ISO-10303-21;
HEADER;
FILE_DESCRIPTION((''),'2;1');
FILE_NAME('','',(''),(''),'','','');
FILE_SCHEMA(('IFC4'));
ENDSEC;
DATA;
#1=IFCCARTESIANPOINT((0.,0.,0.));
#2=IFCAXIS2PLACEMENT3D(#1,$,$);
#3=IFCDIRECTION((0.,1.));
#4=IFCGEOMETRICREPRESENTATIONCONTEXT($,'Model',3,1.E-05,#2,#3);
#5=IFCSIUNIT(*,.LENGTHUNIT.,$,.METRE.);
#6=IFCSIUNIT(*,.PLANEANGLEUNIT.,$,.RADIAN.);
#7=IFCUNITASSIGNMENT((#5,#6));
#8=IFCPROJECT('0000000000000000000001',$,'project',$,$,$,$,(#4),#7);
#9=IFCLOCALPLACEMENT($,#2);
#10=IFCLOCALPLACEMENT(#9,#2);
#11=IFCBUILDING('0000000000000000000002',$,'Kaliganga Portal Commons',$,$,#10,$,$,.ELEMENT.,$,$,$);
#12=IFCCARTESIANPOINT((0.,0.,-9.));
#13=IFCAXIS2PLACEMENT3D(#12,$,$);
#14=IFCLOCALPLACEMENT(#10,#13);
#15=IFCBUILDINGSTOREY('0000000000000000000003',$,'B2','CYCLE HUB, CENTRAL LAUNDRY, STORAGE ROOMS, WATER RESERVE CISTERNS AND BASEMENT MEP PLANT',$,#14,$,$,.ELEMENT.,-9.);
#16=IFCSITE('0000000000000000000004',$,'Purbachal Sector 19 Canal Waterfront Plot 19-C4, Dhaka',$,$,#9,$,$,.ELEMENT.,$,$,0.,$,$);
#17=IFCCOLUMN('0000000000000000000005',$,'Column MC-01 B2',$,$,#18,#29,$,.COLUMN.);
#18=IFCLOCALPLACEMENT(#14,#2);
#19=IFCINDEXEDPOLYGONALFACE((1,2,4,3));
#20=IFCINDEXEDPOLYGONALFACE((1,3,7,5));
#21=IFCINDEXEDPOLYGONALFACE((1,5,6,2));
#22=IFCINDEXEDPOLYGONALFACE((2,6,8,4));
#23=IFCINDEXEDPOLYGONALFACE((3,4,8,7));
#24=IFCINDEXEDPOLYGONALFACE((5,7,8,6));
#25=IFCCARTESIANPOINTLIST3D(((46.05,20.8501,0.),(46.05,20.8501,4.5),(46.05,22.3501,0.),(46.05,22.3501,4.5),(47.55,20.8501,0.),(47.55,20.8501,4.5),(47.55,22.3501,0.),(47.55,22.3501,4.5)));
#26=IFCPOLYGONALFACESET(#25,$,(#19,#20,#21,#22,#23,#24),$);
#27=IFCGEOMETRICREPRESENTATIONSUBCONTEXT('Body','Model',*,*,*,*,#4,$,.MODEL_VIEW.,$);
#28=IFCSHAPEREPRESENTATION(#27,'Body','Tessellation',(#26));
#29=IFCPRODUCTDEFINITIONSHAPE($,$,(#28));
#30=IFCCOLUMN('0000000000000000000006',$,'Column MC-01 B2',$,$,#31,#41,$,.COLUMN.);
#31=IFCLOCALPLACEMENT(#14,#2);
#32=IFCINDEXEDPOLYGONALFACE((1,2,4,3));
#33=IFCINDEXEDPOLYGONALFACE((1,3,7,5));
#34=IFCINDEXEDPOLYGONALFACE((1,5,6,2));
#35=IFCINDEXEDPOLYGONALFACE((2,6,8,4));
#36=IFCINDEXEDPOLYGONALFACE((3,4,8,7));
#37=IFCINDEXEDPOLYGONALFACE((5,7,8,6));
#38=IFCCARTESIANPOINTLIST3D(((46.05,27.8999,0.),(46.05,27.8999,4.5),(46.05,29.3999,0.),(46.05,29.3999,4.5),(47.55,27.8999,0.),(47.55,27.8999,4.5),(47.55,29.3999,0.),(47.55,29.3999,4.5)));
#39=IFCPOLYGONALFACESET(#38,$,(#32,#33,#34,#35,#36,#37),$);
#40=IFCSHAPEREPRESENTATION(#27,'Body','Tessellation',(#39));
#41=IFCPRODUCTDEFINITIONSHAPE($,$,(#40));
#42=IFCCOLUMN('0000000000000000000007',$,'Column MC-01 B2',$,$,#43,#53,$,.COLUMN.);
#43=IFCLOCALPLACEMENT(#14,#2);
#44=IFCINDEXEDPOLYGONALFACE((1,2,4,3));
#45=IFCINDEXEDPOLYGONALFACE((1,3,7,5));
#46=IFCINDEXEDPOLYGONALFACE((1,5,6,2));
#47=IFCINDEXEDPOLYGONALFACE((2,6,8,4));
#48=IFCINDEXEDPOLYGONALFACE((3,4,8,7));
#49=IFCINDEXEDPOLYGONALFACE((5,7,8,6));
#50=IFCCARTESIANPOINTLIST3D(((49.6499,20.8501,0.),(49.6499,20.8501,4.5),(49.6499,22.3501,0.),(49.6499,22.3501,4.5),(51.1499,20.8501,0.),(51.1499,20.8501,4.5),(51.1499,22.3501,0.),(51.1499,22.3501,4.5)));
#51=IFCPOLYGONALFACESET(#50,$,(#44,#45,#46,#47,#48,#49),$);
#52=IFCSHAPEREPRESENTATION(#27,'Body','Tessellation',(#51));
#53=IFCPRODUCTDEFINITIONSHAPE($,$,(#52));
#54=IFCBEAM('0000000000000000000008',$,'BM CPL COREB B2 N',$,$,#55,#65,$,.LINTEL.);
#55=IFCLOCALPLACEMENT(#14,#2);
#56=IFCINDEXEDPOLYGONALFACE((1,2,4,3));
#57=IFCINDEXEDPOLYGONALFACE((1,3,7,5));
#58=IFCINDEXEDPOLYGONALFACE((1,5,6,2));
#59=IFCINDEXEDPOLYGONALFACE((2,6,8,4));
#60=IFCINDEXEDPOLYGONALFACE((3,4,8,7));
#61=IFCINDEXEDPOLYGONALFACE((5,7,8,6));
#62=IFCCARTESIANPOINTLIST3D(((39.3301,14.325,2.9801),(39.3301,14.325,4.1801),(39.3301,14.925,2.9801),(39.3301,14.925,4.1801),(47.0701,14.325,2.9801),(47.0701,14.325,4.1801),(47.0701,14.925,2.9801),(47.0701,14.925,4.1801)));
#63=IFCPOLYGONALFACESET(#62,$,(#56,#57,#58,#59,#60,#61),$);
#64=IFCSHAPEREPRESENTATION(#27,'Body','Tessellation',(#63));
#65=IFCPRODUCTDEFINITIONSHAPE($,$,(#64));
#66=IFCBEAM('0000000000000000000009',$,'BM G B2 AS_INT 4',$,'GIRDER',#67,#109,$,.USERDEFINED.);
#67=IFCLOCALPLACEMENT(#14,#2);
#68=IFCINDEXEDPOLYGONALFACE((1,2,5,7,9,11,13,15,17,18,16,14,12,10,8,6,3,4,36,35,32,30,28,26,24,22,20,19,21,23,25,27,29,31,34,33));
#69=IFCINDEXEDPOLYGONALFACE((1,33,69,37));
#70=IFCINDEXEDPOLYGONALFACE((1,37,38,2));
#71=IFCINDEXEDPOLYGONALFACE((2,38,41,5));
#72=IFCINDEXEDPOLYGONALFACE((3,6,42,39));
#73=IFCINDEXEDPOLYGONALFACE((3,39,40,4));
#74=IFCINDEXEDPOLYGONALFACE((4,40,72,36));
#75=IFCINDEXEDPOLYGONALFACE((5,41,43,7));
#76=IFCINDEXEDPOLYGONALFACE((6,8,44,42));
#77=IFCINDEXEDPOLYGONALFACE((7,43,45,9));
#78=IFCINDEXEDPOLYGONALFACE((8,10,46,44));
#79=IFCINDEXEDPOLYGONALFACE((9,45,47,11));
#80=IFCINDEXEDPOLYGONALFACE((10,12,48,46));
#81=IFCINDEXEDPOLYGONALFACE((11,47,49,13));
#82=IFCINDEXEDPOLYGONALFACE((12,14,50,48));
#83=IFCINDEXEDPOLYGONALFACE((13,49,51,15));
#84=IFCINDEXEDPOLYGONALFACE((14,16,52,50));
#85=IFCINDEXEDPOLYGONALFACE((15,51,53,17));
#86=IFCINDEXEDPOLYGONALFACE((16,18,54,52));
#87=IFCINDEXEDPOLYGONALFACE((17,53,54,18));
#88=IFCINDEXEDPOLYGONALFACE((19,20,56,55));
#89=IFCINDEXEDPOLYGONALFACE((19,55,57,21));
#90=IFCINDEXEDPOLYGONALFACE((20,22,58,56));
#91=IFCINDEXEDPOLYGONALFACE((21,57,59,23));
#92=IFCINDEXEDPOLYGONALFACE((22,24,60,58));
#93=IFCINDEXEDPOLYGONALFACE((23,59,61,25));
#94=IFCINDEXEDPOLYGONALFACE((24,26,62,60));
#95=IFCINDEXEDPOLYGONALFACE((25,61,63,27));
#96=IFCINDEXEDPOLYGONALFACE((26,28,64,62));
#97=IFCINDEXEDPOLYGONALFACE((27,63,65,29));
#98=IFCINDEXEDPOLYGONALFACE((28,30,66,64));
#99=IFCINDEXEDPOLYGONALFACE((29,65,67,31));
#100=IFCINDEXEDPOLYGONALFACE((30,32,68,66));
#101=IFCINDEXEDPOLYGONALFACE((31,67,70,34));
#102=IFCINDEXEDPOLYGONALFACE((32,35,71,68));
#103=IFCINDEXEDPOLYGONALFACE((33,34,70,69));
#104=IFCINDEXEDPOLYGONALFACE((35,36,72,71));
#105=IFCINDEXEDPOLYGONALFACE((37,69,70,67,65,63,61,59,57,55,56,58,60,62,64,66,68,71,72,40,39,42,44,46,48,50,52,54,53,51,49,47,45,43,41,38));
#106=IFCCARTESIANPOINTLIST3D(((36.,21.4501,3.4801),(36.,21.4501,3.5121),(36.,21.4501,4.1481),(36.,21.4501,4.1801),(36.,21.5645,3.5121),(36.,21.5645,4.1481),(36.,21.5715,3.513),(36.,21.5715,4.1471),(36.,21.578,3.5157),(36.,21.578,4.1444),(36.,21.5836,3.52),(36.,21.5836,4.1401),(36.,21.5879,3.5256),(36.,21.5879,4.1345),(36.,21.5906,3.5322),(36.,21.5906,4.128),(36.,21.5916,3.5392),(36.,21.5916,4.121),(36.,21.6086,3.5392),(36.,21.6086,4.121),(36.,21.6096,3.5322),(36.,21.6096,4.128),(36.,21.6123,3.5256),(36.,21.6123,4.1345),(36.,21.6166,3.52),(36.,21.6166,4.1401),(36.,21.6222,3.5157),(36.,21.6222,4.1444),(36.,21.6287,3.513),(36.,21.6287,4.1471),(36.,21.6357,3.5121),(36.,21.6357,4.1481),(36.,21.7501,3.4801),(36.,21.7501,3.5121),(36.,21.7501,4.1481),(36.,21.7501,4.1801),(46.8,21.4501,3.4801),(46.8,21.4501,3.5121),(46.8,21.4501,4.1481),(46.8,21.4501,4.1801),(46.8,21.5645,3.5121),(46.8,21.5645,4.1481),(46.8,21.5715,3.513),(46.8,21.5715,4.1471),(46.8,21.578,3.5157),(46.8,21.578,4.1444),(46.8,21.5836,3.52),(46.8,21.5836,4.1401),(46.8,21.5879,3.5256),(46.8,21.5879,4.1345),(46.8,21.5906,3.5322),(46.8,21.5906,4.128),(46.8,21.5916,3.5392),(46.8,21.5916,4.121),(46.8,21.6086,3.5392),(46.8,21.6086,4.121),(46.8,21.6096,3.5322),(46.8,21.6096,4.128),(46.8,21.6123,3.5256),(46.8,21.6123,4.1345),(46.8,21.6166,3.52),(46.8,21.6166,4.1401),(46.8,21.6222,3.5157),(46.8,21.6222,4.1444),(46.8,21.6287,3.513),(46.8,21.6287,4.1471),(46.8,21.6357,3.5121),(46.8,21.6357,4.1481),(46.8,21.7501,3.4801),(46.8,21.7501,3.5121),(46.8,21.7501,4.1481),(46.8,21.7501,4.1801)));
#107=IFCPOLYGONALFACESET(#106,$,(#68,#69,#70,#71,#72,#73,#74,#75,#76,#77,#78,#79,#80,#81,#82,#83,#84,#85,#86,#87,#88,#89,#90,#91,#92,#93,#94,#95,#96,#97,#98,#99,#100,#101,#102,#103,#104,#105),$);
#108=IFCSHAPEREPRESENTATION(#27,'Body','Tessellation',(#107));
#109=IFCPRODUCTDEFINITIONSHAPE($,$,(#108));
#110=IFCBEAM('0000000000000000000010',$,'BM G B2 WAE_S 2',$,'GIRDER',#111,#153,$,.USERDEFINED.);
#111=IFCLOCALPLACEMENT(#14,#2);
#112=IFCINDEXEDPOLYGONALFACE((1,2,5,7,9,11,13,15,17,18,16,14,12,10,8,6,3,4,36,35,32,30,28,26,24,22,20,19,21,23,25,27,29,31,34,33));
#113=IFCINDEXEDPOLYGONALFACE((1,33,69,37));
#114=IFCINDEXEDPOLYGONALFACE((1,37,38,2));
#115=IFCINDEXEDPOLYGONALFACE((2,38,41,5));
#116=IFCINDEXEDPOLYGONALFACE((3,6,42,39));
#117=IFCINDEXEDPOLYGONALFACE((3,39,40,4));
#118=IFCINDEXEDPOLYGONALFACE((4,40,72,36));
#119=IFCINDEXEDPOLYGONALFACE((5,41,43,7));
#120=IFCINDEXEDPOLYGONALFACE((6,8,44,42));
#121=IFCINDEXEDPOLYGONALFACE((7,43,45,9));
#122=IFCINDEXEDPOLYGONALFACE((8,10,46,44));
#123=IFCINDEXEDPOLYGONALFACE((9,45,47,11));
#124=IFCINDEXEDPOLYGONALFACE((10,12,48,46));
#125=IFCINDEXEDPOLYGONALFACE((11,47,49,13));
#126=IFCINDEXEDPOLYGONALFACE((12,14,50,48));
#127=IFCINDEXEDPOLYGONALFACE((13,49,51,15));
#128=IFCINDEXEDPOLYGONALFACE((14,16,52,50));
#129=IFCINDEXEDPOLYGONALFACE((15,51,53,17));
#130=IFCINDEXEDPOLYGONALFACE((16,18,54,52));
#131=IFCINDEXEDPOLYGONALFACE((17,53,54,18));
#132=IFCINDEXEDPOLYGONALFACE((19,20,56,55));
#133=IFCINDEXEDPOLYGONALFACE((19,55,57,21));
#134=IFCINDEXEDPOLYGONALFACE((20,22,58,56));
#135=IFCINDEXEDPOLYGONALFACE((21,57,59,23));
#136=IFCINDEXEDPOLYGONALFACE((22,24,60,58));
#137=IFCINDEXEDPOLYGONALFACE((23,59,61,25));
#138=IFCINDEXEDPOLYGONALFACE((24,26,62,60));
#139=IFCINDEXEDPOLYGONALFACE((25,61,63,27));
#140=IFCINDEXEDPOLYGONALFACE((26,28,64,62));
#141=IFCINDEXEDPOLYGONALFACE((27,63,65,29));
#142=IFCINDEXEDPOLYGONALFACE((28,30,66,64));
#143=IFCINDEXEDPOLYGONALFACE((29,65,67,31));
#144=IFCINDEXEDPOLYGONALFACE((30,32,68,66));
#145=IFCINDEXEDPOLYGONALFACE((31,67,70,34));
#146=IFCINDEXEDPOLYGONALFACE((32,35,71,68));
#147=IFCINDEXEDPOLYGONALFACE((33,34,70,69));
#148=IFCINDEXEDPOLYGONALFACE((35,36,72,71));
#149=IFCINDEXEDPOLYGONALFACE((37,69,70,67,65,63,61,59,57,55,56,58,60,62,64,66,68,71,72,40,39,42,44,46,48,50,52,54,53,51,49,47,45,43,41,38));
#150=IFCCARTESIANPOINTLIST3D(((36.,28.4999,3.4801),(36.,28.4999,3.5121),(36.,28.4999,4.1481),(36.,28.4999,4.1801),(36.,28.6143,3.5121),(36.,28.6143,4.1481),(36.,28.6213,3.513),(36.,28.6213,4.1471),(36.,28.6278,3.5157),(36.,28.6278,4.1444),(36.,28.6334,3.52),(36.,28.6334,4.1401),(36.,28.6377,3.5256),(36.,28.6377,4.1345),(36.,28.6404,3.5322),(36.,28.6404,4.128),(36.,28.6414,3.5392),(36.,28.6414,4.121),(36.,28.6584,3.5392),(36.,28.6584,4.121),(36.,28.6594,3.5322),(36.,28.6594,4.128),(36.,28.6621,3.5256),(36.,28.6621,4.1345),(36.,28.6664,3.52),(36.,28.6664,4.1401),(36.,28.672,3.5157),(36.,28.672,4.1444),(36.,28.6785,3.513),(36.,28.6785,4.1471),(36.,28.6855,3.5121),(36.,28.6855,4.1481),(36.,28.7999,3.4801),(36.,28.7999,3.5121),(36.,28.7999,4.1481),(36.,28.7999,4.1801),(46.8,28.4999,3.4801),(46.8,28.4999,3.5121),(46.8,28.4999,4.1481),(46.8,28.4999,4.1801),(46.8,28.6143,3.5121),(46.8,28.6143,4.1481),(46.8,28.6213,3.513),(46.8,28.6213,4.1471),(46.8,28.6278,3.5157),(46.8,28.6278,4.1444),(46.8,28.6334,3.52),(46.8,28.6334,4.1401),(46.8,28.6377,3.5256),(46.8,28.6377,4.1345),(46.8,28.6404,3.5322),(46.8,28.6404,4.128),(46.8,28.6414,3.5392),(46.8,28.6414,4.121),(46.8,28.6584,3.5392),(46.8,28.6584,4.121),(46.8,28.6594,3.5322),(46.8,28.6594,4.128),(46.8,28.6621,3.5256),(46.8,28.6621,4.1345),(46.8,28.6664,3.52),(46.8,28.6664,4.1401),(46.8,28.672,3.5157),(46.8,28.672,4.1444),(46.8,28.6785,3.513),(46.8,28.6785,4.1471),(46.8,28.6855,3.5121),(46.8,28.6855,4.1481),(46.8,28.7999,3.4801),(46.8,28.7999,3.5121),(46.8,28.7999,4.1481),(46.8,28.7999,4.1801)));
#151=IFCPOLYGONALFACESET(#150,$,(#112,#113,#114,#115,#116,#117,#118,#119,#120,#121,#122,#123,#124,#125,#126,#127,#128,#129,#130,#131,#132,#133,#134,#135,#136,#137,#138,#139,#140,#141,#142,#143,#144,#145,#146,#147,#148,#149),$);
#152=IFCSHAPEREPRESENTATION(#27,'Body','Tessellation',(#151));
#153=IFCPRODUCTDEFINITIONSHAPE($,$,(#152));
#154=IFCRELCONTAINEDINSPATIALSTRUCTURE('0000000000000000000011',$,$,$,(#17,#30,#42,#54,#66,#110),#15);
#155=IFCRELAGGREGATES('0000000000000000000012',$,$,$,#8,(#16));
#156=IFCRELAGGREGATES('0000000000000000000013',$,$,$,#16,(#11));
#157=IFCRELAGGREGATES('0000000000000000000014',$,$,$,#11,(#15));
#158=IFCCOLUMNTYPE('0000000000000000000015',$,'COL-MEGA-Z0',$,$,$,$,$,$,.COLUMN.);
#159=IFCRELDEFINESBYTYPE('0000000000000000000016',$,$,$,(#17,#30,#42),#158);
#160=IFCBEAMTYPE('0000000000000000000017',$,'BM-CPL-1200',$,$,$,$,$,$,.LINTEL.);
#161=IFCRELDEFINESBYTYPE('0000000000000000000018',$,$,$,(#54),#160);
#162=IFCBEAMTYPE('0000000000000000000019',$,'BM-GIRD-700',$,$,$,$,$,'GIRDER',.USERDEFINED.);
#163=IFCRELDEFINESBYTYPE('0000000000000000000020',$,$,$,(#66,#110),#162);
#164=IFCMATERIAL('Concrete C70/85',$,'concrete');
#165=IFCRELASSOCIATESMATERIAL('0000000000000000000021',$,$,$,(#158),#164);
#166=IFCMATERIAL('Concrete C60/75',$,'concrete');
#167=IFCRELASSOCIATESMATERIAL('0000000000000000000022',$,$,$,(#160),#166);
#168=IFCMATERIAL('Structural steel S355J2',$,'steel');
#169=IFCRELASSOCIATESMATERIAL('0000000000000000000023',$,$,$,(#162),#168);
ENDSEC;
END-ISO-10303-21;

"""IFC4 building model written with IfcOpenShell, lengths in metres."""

from ifc_helpers import new_model, si_unit, direction, frame, origin, origin_2d, place, context, subcontext, project, spatial, rectangle, i_section, extrude, source, transform, mapped, material, material_profile, profile_set, type_object, element, save


model = new_model("IFC4")

# Units and contexts
model_context = context("Model", 3, precision=1e-05, world=origin(), true_north=direction((0.0, 1.0)))
body_context = subcontext(model_context, "Body", "Model", "MODEL_VIEW")
ifc_project = project(units=[si_unit("LENGTHUNIT", "METRE"), si_unit("PLANEANGLEUNIT", "RADIAN")], contexts=[model_context])

# Site, building, storey
site_placement = place(None, origin())
site = spatial("IfcSite", under=ifc_project, at=site_placement, Name="Purbachal Sector 19 Canal Waterfront Plot 19-C4, Dhaka", CompositionType="ELEMENT", RefElevation=0.0)
building_placement = place(site_placement, origin())
building = spatial("IfcBuilding", under=site, at=building_placement, Name="Kaliganga Portal Commons", CompositionType="ELEMENT")
storey_placement = place(building_placement, frame((0.0, 0.0, -9.0)))
storey = spatial("IfcBuildingStorey", under=building, at=storey_placement, Name="B2", Description="CYCLE HUB, CENTRAL LAUNDRY, STORAGE ROOMS, WATER RESERVE CISTERNS AND BASEMENT MEP PLANT", CompositionType="ELEMENT", Elevation=-9.0)

# Columns
ifc_material_1 = material(Name="Concrete C70/85", Category="concrete")
ifc_material_profile_1 = material_profile(ifc_material_1, rectangle(XDim=1.5, YDim=1.5, at=origin_2d()), Name="RC 1500x1500")
ifc_profile_set_1 = profile_set([ifc_material_profile_1], Name="Concrete C70/85")
column_type = type_object("IfcColumnType", Name="COL-MEGA-Z0", PredefinedType="COLUMN", material=ifc_profile_set_1)
shared_shape_1 = source(origin(), body_context, "Body", "SweptSolid", [
    extrude(rectangle(XDim=1.5, YDim=1.5, at=origin_2d()), origin(), (0.0, 0.0, 1.0), 4.5),
])
for number, where, z_axis, x_axis, name in (
    (1, (46.8, 21.6001, 0.0), (0.0, 0.0, 1.0), (1.0, 0.0, 0.0), "Column MC-01 B2"),
    (2, (46.8, 28.6499, 0.0), (0.0, 0.0, 1.0), (1.0, 0.0, 0.0), "Column MC-01 B2"),
    (3, (50.3999, 21.6001, 0.0), (0.0, 0.0, 1.0), (1.0, 0.0, 0.0), "Column MC-01 B2"),
):
    element("IfcColumn", number, at=place(storey_placement, frame(where, z_axis=z_axis, x_axis=x_axis)), inside=storey, type_object=column_type, Name=name, PredefinedType="COLUMN", context=body_context, shape_type="MappedRepresentation", body=[
        mapped(shared_shape_1, transform((0.0, 0.0, 0.0), x_axis=(1.0, 0.0, 0.0), y_axis=(0.0, 1.0, 0.0), z_axis=(0.0, 0.0, 1.0), scale=1.0)),
    ])

# Beams
ifc_material_2 = material(Name="Concrete C60/75", Category="concrete")
ifc_material_profile_2 = material_profile(ifc_material_2, rectangle(XDim=0.6001, YDim=1.2, at=origin_2d()), Name="RC 600x1200")
ifc_profile_set_2 = profile_set([ifc_material_profile_2], Name="Concrete C60/75")
beam_type_1 = type_object("IfcBeamType", Name="BM-CPL-1200", PredefinedType="LINTEL", material=ifc_profile_set_2)
shared_shape_2 = source(origin(), body_context, "Body", "SweptSolid", [
    extrude(rectangle(XDim=0.6001, YDim=1.2, at=origin_2d()), origin(), (0.0, 0.0, 1.0), 7.74),
])
beam_1_placement = place(storey_placement, frame((39.3301, 14.625, 3.5801), z_axis=(1.0, 0.0, 0.0), x_axis=(0.0, 1.0, 0.0)))
element("IfcBeam", 4, at=beam_1_placement, inside=storey, type_object=beam_type_1, Name="BM CPL COREB B2 N", PredefinedType="LINTEL", context=body_context, shape_type="MappedRepresentation", body=[
    mapped(shared_shape_2, transform((0.0, 0.0, 0.0), x_axis=(1.0, 0.0, 0.0), y_axis=(0.0, 1.0, 0.0), z_axis=(0.0, 0.0, 1.0), scale=1.0)),
])
ifc_material_3 = material(Name="Structural steel S355J2", Category="steel")
ifc_material_profile_3 = material_profile(ifc_material_3, i_section(OverallWidth=0.3, OverallDepth=0.7, WebThickness=0.0171, FlangeThickness=0.032, FilletRadius=0.0271, at=origin_2d()), Name="HE 700 B")
ifc_profile_set_3 = profile_set([ifc_material_profile_3], Name="Structural steel S355J2 wide-flange")
beam_type_2 = type_object("IfcBeamType", Name="BM-GIRD-700", ElementType="GIRDER", PredefinedType="USERDEFINED", material=ifc_profile_set_3)
shared_shape_3 = source(origin(), body_context, "Body", "SweptSolid", [
    extrude(i_section(OverallWidth=0.3, OverallDepth=0.7, WebThickness=0.0171, FlangeThickness=0.032, FilletRadius=0.0271, at=origin_2d()), origin(), (0.0, 0.0, 1.0), 10.8),
])
for number, where, z_axis, x_axis, name in (
    (5, (36.0, 21.6001, 3.8301), (1.0, 0.0, 0.0), (0.0, 1.0, 0.0), "BM G B2 AS_INT 4"),
    (6, (36.0, 28.6499, 3.8301), (1.0, 0.0, 0.0), (0.0, 1.0, 0.0), "BM G B2 WAE_S 2"),
):
    element("IfcBeam", number, at=place(storey_placement, frame(where, z_axis=z_axis, x_axis=x_axis)), inside=storey, type_object=beam_type_2, Name=name, ObjectType="GIRDER", PredefinedType="USERDEFINED", context=body_context, shape_type="MappedRepresentation", body=[
        mapped(shared_shape_3, transform((0.0, 0.0, 0.0), x_axis=(1.0, 0.0, 0.0), y_axis=(0.0, 1.0, 0.0), z_axis=(0.0, 0.0, 1.0), scale=1.0)),
    ])

save(model, "model.ifc")
